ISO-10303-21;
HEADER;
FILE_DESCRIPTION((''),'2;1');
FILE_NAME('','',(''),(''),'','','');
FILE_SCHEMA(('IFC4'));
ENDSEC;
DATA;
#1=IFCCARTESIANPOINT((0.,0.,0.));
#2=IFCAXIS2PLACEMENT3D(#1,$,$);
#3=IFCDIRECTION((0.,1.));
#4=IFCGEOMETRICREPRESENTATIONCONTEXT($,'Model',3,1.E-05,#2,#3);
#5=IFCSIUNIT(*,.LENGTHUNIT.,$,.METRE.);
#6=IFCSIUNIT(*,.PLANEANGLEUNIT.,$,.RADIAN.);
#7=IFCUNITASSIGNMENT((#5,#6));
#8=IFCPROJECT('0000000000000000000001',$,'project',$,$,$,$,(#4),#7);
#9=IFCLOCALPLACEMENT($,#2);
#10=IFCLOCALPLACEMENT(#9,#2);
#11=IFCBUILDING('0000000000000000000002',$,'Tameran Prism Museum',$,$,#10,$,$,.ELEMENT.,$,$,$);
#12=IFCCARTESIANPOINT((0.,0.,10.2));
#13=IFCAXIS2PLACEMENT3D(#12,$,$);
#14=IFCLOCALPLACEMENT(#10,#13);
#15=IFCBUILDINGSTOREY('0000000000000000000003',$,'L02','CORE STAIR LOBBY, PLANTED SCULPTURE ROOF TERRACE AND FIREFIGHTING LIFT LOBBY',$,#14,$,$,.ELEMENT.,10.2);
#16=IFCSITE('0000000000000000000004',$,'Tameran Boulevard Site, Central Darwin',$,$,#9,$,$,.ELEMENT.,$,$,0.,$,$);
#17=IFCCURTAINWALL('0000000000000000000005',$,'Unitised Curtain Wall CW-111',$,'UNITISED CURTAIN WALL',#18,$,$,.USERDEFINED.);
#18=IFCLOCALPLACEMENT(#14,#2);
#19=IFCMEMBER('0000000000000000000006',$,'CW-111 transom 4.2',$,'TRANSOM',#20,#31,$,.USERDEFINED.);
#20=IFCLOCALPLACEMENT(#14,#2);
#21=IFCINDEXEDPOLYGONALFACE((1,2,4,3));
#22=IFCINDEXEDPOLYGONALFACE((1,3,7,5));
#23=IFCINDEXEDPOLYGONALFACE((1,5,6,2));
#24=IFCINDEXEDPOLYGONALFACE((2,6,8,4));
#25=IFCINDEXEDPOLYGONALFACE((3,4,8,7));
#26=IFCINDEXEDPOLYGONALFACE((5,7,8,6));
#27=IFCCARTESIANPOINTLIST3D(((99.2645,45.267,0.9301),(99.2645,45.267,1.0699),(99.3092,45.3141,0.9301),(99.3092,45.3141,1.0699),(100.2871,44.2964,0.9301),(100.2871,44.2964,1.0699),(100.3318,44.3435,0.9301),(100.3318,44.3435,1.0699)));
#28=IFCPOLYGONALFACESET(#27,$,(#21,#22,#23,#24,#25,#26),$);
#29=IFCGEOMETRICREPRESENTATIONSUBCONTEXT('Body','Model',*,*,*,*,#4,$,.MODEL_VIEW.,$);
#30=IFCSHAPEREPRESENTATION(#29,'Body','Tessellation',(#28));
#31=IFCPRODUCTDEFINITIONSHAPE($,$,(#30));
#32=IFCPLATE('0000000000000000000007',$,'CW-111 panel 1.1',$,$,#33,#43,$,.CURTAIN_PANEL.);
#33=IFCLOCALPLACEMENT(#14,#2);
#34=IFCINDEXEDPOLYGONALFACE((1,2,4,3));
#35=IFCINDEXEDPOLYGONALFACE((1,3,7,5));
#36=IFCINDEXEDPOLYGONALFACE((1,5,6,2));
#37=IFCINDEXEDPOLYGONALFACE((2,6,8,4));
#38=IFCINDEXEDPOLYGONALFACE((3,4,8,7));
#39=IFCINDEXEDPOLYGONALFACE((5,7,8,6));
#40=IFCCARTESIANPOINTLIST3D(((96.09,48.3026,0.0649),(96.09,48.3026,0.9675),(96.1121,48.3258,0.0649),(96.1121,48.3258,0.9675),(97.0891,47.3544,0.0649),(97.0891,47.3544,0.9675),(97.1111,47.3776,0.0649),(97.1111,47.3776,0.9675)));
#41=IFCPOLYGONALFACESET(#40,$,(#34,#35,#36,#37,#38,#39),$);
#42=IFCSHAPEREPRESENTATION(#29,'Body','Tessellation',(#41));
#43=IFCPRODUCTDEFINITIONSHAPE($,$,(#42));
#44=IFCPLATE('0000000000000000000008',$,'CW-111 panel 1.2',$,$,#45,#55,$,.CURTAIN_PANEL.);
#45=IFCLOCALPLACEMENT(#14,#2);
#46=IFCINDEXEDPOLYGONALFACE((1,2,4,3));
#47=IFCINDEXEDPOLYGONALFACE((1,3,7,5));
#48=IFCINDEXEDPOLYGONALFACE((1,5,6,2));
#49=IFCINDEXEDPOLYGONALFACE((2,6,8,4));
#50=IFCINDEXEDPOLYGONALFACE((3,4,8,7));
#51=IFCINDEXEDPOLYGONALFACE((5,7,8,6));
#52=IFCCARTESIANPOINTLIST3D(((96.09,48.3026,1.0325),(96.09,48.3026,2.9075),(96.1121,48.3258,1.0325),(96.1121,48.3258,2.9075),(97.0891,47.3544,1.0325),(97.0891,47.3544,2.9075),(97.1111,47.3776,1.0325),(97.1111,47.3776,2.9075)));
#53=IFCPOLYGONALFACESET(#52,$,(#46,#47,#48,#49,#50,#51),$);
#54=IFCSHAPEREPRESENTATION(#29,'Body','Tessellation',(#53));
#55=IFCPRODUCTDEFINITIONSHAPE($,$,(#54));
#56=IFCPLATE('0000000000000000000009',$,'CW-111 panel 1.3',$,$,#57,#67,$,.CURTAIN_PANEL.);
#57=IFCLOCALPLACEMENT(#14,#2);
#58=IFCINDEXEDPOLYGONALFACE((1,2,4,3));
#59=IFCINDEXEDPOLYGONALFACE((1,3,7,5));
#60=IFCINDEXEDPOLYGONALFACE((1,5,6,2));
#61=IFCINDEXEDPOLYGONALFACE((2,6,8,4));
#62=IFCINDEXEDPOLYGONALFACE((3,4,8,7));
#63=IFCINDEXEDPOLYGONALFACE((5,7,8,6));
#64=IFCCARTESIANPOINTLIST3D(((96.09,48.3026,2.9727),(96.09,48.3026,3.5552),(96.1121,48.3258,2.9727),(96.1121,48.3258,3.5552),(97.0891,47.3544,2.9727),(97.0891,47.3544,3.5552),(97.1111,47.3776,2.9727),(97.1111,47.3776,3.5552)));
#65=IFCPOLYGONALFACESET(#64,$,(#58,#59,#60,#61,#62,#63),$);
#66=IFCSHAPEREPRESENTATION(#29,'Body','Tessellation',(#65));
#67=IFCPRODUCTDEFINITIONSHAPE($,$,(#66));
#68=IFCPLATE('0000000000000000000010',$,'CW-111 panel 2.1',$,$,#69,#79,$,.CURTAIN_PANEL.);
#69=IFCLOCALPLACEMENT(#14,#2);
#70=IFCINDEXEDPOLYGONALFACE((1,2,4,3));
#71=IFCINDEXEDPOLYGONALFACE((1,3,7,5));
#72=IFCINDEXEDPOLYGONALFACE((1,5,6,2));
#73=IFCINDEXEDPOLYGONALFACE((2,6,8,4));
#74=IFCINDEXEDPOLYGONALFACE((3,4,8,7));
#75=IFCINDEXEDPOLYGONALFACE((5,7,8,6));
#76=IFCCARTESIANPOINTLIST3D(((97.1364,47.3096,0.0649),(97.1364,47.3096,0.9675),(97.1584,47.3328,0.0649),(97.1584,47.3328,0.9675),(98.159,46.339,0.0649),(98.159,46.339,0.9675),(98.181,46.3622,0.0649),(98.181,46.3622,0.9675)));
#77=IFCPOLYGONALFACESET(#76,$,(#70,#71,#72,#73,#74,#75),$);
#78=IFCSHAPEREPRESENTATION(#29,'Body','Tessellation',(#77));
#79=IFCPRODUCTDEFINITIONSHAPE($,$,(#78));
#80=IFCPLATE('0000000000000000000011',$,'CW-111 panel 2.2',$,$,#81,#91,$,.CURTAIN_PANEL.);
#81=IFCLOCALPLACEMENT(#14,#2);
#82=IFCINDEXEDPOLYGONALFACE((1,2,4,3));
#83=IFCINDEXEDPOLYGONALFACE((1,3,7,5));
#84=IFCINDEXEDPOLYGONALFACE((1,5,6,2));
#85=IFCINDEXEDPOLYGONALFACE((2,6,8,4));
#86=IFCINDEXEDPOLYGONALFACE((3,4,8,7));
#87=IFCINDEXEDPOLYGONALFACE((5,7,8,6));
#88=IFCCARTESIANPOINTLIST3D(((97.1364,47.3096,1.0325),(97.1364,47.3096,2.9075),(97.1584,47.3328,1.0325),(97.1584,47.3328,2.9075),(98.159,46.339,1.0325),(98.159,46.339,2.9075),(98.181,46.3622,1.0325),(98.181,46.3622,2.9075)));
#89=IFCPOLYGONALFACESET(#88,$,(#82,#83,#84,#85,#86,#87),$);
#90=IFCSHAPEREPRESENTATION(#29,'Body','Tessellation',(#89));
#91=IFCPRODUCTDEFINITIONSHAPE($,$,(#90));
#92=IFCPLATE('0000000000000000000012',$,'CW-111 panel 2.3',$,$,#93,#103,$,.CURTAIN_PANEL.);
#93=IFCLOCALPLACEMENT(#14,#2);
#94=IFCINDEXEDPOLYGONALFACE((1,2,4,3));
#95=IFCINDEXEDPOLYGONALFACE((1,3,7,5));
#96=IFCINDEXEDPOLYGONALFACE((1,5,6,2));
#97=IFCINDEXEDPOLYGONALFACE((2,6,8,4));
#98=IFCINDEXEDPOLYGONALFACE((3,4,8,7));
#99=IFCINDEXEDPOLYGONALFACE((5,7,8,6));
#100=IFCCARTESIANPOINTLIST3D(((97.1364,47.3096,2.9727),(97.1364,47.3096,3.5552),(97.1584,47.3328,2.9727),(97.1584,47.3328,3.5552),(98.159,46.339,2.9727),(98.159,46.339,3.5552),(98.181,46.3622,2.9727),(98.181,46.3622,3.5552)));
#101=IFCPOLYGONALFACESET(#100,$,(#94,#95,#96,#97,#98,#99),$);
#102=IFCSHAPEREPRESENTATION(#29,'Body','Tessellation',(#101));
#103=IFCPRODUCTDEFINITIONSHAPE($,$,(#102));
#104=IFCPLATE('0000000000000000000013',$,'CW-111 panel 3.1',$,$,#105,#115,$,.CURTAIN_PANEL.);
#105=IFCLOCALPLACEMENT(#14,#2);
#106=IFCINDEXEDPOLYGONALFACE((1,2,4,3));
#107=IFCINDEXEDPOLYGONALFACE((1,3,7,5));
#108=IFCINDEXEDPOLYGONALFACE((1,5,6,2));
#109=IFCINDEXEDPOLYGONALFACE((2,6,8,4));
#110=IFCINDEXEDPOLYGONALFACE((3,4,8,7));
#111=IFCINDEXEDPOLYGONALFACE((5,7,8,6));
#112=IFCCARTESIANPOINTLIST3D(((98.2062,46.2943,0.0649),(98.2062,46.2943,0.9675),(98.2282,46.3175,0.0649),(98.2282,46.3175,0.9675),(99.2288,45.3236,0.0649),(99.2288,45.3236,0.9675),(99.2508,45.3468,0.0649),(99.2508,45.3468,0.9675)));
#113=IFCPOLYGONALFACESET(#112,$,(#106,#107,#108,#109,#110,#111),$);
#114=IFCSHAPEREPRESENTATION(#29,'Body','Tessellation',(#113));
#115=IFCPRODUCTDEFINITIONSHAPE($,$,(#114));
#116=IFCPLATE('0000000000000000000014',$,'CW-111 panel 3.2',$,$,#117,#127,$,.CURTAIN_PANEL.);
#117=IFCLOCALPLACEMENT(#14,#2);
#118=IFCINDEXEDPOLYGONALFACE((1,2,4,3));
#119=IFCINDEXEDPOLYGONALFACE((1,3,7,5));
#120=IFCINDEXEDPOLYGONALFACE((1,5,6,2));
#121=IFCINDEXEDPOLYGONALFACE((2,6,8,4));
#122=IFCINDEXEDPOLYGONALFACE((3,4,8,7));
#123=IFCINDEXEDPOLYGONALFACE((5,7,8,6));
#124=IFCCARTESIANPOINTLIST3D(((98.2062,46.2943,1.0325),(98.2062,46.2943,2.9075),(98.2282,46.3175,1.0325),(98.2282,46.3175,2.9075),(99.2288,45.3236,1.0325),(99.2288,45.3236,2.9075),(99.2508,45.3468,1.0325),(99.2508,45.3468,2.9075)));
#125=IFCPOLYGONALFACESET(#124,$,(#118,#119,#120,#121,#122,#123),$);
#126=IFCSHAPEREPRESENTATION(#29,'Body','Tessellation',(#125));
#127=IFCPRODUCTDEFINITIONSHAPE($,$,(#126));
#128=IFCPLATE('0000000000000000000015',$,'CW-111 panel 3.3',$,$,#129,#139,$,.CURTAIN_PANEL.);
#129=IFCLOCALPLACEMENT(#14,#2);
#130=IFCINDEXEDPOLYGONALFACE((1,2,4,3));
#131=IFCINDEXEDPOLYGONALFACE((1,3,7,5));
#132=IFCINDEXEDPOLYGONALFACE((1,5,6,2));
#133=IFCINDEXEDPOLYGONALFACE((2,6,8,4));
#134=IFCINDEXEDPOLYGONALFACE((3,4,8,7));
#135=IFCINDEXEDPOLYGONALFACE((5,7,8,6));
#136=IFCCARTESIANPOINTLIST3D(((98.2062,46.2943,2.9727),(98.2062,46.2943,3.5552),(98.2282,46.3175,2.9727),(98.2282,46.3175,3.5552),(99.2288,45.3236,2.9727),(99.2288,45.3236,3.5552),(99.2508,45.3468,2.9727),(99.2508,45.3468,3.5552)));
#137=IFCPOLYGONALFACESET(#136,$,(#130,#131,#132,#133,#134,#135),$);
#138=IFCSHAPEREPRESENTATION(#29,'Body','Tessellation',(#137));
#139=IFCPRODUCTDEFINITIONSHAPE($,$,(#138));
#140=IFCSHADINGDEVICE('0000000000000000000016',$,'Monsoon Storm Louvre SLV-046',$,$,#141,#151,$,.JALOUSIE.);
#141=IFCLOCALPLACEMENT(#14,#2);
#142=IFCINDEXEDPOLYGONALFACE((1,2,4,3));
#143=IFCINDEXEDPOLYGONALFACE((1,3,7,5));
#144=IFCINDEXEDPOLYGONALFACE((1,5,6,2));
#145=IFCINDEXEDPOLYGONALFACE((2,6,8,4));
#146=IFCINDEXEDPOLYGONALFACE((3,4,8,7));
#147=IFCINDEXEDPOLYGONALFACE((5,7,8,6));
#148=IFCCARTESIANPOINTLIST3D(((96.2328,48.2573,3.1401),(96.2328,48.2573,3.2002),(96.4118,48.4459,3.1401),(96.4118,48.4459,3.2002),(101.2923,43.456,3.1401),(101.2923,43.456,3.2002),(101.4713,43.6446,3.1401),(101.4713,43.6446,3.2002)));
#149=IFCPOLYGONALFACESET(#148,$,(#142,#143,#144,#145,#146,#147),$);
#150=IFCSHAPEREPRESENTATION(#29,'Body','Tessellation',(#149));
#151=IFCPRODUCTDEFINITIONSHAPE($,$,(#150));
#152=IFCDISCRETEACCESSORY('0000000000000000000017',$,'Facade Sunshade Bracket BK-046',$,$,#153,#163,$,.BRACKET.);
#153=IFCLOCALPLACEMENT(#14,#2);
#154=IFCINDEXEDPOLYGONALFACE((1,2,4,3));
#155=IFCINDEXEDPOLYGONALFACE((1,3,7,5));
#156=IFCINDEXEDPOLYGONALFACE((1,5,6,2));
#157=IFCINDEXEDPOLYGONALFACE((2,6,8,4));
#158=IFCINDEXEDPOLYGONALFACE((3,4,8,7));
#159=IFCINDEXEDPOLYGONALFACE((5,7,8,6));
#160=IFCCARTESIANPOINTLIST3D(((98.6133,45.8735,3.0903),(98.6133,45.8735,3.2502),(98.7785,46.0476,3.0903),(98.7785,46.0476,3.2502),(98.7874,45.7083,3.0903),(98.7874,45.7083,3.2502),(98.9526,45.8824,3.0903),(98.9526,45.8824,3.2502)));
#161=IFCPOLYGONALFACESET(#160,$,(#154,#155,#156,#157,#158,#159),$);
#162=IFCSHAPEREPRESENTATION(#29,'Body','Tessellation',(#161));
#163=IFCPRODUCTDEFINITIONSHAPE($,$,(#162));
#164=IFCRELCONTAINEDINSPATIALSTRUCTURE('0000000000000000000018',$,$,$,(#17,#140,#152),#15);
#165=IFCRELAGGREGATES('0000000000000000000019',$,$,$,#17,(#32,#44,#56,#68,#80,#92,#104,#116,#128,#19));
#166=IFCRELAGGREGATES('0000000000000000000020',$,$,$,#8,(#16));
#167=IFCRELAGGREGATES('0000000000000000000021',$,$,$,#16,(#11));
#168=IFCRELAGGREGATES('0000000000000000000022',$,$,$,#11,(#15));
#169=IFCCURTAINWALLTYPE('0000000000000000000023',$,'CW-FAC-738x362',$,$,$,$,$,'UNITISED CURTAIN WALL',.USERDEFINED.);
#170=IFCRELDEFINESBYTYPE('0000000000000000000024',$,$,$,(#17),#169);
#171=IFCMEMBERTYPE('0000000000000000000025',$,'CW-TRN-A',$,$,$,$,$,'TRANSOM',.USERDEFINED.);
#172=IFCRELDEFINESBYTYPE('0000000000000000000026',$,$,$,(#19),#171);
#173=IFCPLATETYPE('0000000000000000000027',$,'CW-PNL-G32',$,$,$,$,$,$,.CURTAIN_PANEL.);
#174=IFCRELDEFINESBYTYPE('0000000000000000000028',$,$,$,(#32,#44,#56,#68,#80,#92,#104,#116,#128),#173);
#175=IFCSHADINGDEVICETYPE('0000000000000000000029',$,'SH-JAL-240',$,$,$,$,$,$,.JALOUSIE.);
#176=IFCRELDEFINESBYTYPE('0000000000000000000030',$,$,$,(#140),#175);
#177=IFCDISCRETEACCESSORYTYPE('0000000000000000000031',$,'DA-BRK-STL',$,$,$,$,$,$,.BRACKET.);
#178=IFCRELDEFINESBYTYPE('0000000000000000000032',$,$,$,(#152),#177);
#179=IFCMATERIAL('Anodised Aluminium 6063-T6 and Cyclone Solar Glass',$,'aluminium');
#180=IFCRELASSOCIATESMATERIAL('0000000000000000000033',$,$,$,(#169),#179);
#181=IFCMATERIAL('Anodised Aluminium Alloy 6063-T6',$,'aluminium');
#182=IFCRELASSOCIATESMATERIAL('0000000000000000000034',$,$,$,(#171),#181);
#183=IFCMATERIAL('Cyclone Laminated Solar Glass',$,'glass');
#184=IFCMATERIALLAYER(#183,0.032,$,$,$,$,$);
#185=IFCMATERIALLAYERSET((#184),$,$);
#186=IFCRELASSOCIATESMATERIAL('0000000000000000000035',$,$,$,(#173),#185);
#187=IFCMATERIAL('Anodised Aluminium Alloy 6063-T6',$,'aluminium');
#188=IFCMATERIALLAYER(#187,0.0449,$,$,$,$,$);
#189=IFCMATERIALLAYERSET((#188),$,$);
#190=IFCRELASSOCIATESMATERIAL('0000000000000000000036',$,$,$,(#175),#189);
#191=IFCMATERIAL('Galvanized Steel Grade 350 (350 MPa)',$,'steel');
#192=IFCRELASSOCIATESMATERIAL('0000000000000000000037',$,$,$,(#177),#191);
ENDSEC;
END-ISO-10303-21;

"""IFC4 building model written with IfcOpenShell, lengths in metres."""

from ifc_helpers import new_model, si_unit, direction, frame, origin, origin_2d, place, context, subcontext, project, spatial, rectangle, extrude, material, layer, layer_set, material_profile, profile_set, type_object, element, aggregate, save


model = new_model("IFC4")

# Units and contexts
model_context = context("Model", 3, precision=1e-05, world=origin(), true_north=direction((0.0, 1.0)))
body_context = subcontext(model_context, "Body", "Model", "MODEL_VIEW")
ifc_project = project(units=[si_unit("LENGTHUNIT", "METRE"), si_unit("PLANEANGLEUNIT", "RADIAN")], contexts=[model_context])

# Site, building, storey
site_placement = place(None, origin())
site = spatial("IfcSite", under=ifc_project, at=site_placement, Name="Tameran Boulevard Site, Central Darwin", CompositionType="ELEMENT", RefElevation=0.0)
building_placement = place(site_placement, origin())
building = spatial("IfcBuilding", under=site, at=building_placement, Name="Tameran Prism Museum", CompositionType="ELEMENT")
storey_placement = place(building_placement, frame((0.0, 0.0, 10.2)))
storey = spatial("IfcBuildingStorey", under=building, at=storey_placement, Name="L02", Description="CORE STAIR LOBBY, PLANTED SCULPTURE ROOF TERRACE AND FIREFIGHTING LIFT LOBBY", CompositionType="ELEMENT", Elevation=10.2)

# Curtain wall, member, plates
ifc_material_1 = material(Name="Anodised Aluminium 6063-T6 and Cyclone Solar Glass", Category="aluminium")
curtain_wall_type = type_object("IfcCurtainWallType", Name="CW-FAC-738x362", ElementType="UNITISED CURTAIN WALL", PredefinedType="USERDEFINED", material=ifc_material_1)
curtain_wall_placement = place(storey_placement, origin())
curtain_wall = element("IfcCurtainWall", 1, at=curtain_wall_placement, inside=storey, type_object=curtain_wall_type, Name="Unitised Curtain Wall CW-111", ObjectType="UNITISED CURTAIN WALL", PredefinedType="USERDEFINED")
ifc_material_2 = material(Name="Anodised Aluminium Alloy 6063-T6", Category="aluminium")
ifc_material_profile_1 = material_profile(ifc_material_2, rectangle(XDim=0.0649, YDim=0.1399, at=origin_2d()))
ifc_profile_set_1 = profile_set([ifc_material_profile_1])
member_type_1 = type_object("IfcMemberType", Name="CW-TRN-A", ElementType="TRANSOM", PredefinedType="USERDEFINED", material=ifc_profile_set_1)
member_1_placement = place(storey_placement, frame((99.2869, 45.2905, 1.0), z_axis=(0.725306, -0.688426, 0.0), x_axis=(0.688426, 0.725306, 0.0)))
member_1 = element("IfcMember", 2, at=member_1_placement, type_object=member_type_1, Name="CW-111 transom 4.2", ObjectType="TRANSOM", PredefinedType="USERDEFINED", context=body_context, shape_type="SweptSolid", body=[
    extrude(rectangle(XDim=0.0649, YDim=0.1399, at=origin_2d()), origin(), (0.0, 0.0, 1.0), 1.4099),
])
ifc_material_3 = material(Name="Cyclone Laminated Solar Glass", Category="glass")
ifc_layer_1 = layer(ifc_material_3, 0.032)
ifc_layer_set_1 = layer_set([ifc_layer_1])
plate_type = type_object("IfcPlateType", Name="CW-PNL-G32", PredefinedType="CURTAIN_PANEL", material=ifc_layer_set_1)
plate_1_placement = place(storey_placement, frame((96.6006, 47.8401, 0.0649), z_axis=(0.0, 0.0, 1.0), x_axis=(0.725307, -0.688425, 0.0)))
plate_1 = element("IfcPlate", 3, at=plate_1_placement, type_object=plate_type, Name="CW-111 panel 1.1", PredefinedType="CURTAIN_PANEL", context=body_context, shape_type="SweptSolid", body=[
    extrude(rectangle(XDim=1.3774, YDim=0.032, at=origin_2d()), origin(), (0.0, 0.0, 1.0), 0.9026),
])
plate_2_placement = place(storey_placement, frame((96.6006, 47.8401, 1.0325), z_axis=(0.0, 0.0, 1.0), x_axis=(0.725307, -0.688425, 0.0)))
plate_2 = element("IfcPlate", 4, at=plate_2_placement, type_object=plate_type, Name="CW-111 panel 1.2", PredefinedType="CURTAIN_PANEL", context=body_context, shape_type="SweptSolid", body=[
    extrude(rectangle(XDim=1.3774, YDim=0.032, at=origin_2d()), origin(), (0.0, 0.0, 1.0), 1.875),
])
plate_3_placement = place(storey_placement, frame((96.6006, 47.8401, 2.9727), z_axis=(0.0, 0.0, 1.0), x_axis=(0.725307, -0.688425, 0.0)))
plate_3 = element("IfcPlate", 5, at=plate_3_placement, type_object=plate_type, Name="CW-111 panel 1.3", PredefinedType="CURTAIN_PANEL", context=body_context, shape_type="SweptSolid", body=[
    extrude(rectangle(XDim=1.3774, YDim=0.032, at=origin_2d()), origin(), (0.0, 0.0, 1.0), 0.5825),
])
plate_4_placement = place(storey_placement, frame((97.6587, 46.8359, 0.0649), z_axis=(0.0, 0.0, 1.0), x_axis=(0.725307, -0.688425, 0.0)))
plate_4 = element("IfcPlate", 6, at=plate_4_placement, type_object=plate_type, Name="CW-111 panel 2.1", PredefinedType="CURTAIN_PANEL", context=body_context, shape_type="SweptSolid", body=[
    extrude(rectangle(XDim=1.4099, YDim=0.032, at=origin_2d()), origin(), (0.0, 0.0, 1.0), 0.9026),
])
plate_5_placement = place(storey_placement, frame((97.6587, 46.8359, 1.0325), z_axis=(0.0, 0.0, 1.0), x_axis=(0.725307, -0.688425, 0.0)))
plate_5 = element("IfcPlate", 7, at=plate_5_placement, type_object=plate_type, Name="CW-111 panel 2.2", PredefinedType="CURTAIN_PANEL", context=body_context, shape_type="SweptSolid", body=[
    extrude(rectangle(XDim=1.4099, YDim=0.032, at=origin_2d()), origin(), (0.0, 0.0, 1.0), 1.875),
])
plate_6_placement = place(storey_placement, frame((97.6587, 46.8359, 2.9727), z_axis=(0.0, 0.0, 1.0), x_axis=(0.725307, -0.688425, 0.0)))
plate_6 = element("IfcPlate", 8, at=plate_6_placement, type_object=plate_type, Name="CW-111 panel 2.3", PredefinedType="CURTAIN_PANEL", context=body_context, shape_type="SweptSolid", body=[
    extrude(rectangle(XDim=1.4099, YDim=0.032, at=origin_2d()), origin(), (0.0, 0.0, 1.0), 0.5825),
])
plate_7_placement = place(storey_placement, frame((98.7285, 45.8206, 0.0649), z_axis=(0.0, 0.0, 1.0), x_axis=(0.725307, -0.688425, 0.0)))
plate_7 = element("IfcPlate", 9, at=plate_7_placement, type_object=plate_type, Name="CW-111 panel 3.1", PredefinedType="CURTAIN_PANEL", context=body_context, shape_type="SweptSolid", body=[
    extrude(rectangle(XDim=1.4099, YDim=0.032, at=origin_2d()), origin(), (0.0, 0.0, 1.0), 0.9026),
])
plate_8_placement = place(storey_placement, frame((98.7285, 45.8206, 1.0325), z_axis=(0.0, 0.0, 1.0), x_axis=(0.725307, -0.688425, 0.0)))
plate_8 = element("IfcPlate", 10, at=plate_8_placement, type_object=plate_type, Name="CW-111 panel 3.2", PredefinedType="CURTAIN_PANEL", context=body_context, shape_type="SweptSolid", body=[
    extrude(rectangle(XDim=1.4099, YDim=0.032, at=origin_2d()), origin(), (0.0, 0.0, 1.0), 1.875),
])
plate_9_placement = place(storey_placement, frame((98.7285, 45.8206, 2.9727), z_axis=(0.0, 0.0, 1.0), x_axis=(0.725307, -0.688425, 0.0)))
plate_9 = element("IfcPlate", 11, at=plate_9_placement, type_object=plate_type, Name="CW-111 panel 3.3", PredefinedType="CURTAIN_PANEL", context=body_context, shape_type="SweptSolid", body=[
    extrude(rectangle(XDim=1.4099, YDim=0.032, at=origin_2d()), origin(), (0.0, 0.0, 1.0), 0.5825),
])
aggregate(curtain_wall, [plate_1, plate_2, plate_3, plate_4, plate_5, plate_6, plate_7, plate_8, plate_9, member_1])

# Shading device
ifc_material_4 = material(Name="Anodised Aluminium Alloy 6063-T6", Category="aluminium")
ifc_layer_2 = layer(ifc_material_4, 0.0449)
ifc_layer_set_2 = layer_set([ifc_layer_2])
shading_device_type = type_object("IfcShadingDeviceType", Name="SH-JAL-240", PredefinedType="JALOUSIE", material=ifc_layer_set_2)
shading_device_placement = place(storey_placement, frame((98.8521, 45.9509, 3.1401), z_axis=(0.0, 0.0, 1.0), x_axis=(0.725374, -0.688355, 0.0)))
element("IfcShadingDevice", 12, at=shading_device_placement, inside=storey, type_object=shading_device_type, Name="Monsoon Storm Louvre SLV-046", PredefinedType="JALOUSIE", context=body_context, shape_type="SweptSolid", body=[
    extrude(rectangle(XDim=6.9751, YDim=0.26, at=origin_2d()), origin(), (0.0, 0.0, 1.0), 0.0601),
])

# Discrete accessory
ifc_material_5 = material(Name="Galvanized Steel Grade 350 (350 MPa)", Category="steel")
discrete_accessory_type = type_object("IfcDiscreteAccessoryType", Name="DA-BRK-STL", PredefinedType="BRACKET", material=ifc_material_5)
discrete_accessory_placement = place(storey_placement, frame((98.783, 45.8779, 3.0903), z_axis=(0.0, 0.0, 1.0), x_axis=(0.725374, -0.688355, 0.0)))
element("IfcDiscreteAccessory", 13, at=discrete_accessory_placement, inside=storey, type_object=discrete_accessory_type, Name="Facade Sunshade Bracket BK-046", PredefinedType="BRACKET", context=body_context, shape_type="SweptSolid", body=[
    extrude(rectangle(XDim=0.24, YDim=0.24, at=origin_2d()), origin(), (0.0, 0.0, 1.0), 0.1599),
])

save(model, "model.ifc")
